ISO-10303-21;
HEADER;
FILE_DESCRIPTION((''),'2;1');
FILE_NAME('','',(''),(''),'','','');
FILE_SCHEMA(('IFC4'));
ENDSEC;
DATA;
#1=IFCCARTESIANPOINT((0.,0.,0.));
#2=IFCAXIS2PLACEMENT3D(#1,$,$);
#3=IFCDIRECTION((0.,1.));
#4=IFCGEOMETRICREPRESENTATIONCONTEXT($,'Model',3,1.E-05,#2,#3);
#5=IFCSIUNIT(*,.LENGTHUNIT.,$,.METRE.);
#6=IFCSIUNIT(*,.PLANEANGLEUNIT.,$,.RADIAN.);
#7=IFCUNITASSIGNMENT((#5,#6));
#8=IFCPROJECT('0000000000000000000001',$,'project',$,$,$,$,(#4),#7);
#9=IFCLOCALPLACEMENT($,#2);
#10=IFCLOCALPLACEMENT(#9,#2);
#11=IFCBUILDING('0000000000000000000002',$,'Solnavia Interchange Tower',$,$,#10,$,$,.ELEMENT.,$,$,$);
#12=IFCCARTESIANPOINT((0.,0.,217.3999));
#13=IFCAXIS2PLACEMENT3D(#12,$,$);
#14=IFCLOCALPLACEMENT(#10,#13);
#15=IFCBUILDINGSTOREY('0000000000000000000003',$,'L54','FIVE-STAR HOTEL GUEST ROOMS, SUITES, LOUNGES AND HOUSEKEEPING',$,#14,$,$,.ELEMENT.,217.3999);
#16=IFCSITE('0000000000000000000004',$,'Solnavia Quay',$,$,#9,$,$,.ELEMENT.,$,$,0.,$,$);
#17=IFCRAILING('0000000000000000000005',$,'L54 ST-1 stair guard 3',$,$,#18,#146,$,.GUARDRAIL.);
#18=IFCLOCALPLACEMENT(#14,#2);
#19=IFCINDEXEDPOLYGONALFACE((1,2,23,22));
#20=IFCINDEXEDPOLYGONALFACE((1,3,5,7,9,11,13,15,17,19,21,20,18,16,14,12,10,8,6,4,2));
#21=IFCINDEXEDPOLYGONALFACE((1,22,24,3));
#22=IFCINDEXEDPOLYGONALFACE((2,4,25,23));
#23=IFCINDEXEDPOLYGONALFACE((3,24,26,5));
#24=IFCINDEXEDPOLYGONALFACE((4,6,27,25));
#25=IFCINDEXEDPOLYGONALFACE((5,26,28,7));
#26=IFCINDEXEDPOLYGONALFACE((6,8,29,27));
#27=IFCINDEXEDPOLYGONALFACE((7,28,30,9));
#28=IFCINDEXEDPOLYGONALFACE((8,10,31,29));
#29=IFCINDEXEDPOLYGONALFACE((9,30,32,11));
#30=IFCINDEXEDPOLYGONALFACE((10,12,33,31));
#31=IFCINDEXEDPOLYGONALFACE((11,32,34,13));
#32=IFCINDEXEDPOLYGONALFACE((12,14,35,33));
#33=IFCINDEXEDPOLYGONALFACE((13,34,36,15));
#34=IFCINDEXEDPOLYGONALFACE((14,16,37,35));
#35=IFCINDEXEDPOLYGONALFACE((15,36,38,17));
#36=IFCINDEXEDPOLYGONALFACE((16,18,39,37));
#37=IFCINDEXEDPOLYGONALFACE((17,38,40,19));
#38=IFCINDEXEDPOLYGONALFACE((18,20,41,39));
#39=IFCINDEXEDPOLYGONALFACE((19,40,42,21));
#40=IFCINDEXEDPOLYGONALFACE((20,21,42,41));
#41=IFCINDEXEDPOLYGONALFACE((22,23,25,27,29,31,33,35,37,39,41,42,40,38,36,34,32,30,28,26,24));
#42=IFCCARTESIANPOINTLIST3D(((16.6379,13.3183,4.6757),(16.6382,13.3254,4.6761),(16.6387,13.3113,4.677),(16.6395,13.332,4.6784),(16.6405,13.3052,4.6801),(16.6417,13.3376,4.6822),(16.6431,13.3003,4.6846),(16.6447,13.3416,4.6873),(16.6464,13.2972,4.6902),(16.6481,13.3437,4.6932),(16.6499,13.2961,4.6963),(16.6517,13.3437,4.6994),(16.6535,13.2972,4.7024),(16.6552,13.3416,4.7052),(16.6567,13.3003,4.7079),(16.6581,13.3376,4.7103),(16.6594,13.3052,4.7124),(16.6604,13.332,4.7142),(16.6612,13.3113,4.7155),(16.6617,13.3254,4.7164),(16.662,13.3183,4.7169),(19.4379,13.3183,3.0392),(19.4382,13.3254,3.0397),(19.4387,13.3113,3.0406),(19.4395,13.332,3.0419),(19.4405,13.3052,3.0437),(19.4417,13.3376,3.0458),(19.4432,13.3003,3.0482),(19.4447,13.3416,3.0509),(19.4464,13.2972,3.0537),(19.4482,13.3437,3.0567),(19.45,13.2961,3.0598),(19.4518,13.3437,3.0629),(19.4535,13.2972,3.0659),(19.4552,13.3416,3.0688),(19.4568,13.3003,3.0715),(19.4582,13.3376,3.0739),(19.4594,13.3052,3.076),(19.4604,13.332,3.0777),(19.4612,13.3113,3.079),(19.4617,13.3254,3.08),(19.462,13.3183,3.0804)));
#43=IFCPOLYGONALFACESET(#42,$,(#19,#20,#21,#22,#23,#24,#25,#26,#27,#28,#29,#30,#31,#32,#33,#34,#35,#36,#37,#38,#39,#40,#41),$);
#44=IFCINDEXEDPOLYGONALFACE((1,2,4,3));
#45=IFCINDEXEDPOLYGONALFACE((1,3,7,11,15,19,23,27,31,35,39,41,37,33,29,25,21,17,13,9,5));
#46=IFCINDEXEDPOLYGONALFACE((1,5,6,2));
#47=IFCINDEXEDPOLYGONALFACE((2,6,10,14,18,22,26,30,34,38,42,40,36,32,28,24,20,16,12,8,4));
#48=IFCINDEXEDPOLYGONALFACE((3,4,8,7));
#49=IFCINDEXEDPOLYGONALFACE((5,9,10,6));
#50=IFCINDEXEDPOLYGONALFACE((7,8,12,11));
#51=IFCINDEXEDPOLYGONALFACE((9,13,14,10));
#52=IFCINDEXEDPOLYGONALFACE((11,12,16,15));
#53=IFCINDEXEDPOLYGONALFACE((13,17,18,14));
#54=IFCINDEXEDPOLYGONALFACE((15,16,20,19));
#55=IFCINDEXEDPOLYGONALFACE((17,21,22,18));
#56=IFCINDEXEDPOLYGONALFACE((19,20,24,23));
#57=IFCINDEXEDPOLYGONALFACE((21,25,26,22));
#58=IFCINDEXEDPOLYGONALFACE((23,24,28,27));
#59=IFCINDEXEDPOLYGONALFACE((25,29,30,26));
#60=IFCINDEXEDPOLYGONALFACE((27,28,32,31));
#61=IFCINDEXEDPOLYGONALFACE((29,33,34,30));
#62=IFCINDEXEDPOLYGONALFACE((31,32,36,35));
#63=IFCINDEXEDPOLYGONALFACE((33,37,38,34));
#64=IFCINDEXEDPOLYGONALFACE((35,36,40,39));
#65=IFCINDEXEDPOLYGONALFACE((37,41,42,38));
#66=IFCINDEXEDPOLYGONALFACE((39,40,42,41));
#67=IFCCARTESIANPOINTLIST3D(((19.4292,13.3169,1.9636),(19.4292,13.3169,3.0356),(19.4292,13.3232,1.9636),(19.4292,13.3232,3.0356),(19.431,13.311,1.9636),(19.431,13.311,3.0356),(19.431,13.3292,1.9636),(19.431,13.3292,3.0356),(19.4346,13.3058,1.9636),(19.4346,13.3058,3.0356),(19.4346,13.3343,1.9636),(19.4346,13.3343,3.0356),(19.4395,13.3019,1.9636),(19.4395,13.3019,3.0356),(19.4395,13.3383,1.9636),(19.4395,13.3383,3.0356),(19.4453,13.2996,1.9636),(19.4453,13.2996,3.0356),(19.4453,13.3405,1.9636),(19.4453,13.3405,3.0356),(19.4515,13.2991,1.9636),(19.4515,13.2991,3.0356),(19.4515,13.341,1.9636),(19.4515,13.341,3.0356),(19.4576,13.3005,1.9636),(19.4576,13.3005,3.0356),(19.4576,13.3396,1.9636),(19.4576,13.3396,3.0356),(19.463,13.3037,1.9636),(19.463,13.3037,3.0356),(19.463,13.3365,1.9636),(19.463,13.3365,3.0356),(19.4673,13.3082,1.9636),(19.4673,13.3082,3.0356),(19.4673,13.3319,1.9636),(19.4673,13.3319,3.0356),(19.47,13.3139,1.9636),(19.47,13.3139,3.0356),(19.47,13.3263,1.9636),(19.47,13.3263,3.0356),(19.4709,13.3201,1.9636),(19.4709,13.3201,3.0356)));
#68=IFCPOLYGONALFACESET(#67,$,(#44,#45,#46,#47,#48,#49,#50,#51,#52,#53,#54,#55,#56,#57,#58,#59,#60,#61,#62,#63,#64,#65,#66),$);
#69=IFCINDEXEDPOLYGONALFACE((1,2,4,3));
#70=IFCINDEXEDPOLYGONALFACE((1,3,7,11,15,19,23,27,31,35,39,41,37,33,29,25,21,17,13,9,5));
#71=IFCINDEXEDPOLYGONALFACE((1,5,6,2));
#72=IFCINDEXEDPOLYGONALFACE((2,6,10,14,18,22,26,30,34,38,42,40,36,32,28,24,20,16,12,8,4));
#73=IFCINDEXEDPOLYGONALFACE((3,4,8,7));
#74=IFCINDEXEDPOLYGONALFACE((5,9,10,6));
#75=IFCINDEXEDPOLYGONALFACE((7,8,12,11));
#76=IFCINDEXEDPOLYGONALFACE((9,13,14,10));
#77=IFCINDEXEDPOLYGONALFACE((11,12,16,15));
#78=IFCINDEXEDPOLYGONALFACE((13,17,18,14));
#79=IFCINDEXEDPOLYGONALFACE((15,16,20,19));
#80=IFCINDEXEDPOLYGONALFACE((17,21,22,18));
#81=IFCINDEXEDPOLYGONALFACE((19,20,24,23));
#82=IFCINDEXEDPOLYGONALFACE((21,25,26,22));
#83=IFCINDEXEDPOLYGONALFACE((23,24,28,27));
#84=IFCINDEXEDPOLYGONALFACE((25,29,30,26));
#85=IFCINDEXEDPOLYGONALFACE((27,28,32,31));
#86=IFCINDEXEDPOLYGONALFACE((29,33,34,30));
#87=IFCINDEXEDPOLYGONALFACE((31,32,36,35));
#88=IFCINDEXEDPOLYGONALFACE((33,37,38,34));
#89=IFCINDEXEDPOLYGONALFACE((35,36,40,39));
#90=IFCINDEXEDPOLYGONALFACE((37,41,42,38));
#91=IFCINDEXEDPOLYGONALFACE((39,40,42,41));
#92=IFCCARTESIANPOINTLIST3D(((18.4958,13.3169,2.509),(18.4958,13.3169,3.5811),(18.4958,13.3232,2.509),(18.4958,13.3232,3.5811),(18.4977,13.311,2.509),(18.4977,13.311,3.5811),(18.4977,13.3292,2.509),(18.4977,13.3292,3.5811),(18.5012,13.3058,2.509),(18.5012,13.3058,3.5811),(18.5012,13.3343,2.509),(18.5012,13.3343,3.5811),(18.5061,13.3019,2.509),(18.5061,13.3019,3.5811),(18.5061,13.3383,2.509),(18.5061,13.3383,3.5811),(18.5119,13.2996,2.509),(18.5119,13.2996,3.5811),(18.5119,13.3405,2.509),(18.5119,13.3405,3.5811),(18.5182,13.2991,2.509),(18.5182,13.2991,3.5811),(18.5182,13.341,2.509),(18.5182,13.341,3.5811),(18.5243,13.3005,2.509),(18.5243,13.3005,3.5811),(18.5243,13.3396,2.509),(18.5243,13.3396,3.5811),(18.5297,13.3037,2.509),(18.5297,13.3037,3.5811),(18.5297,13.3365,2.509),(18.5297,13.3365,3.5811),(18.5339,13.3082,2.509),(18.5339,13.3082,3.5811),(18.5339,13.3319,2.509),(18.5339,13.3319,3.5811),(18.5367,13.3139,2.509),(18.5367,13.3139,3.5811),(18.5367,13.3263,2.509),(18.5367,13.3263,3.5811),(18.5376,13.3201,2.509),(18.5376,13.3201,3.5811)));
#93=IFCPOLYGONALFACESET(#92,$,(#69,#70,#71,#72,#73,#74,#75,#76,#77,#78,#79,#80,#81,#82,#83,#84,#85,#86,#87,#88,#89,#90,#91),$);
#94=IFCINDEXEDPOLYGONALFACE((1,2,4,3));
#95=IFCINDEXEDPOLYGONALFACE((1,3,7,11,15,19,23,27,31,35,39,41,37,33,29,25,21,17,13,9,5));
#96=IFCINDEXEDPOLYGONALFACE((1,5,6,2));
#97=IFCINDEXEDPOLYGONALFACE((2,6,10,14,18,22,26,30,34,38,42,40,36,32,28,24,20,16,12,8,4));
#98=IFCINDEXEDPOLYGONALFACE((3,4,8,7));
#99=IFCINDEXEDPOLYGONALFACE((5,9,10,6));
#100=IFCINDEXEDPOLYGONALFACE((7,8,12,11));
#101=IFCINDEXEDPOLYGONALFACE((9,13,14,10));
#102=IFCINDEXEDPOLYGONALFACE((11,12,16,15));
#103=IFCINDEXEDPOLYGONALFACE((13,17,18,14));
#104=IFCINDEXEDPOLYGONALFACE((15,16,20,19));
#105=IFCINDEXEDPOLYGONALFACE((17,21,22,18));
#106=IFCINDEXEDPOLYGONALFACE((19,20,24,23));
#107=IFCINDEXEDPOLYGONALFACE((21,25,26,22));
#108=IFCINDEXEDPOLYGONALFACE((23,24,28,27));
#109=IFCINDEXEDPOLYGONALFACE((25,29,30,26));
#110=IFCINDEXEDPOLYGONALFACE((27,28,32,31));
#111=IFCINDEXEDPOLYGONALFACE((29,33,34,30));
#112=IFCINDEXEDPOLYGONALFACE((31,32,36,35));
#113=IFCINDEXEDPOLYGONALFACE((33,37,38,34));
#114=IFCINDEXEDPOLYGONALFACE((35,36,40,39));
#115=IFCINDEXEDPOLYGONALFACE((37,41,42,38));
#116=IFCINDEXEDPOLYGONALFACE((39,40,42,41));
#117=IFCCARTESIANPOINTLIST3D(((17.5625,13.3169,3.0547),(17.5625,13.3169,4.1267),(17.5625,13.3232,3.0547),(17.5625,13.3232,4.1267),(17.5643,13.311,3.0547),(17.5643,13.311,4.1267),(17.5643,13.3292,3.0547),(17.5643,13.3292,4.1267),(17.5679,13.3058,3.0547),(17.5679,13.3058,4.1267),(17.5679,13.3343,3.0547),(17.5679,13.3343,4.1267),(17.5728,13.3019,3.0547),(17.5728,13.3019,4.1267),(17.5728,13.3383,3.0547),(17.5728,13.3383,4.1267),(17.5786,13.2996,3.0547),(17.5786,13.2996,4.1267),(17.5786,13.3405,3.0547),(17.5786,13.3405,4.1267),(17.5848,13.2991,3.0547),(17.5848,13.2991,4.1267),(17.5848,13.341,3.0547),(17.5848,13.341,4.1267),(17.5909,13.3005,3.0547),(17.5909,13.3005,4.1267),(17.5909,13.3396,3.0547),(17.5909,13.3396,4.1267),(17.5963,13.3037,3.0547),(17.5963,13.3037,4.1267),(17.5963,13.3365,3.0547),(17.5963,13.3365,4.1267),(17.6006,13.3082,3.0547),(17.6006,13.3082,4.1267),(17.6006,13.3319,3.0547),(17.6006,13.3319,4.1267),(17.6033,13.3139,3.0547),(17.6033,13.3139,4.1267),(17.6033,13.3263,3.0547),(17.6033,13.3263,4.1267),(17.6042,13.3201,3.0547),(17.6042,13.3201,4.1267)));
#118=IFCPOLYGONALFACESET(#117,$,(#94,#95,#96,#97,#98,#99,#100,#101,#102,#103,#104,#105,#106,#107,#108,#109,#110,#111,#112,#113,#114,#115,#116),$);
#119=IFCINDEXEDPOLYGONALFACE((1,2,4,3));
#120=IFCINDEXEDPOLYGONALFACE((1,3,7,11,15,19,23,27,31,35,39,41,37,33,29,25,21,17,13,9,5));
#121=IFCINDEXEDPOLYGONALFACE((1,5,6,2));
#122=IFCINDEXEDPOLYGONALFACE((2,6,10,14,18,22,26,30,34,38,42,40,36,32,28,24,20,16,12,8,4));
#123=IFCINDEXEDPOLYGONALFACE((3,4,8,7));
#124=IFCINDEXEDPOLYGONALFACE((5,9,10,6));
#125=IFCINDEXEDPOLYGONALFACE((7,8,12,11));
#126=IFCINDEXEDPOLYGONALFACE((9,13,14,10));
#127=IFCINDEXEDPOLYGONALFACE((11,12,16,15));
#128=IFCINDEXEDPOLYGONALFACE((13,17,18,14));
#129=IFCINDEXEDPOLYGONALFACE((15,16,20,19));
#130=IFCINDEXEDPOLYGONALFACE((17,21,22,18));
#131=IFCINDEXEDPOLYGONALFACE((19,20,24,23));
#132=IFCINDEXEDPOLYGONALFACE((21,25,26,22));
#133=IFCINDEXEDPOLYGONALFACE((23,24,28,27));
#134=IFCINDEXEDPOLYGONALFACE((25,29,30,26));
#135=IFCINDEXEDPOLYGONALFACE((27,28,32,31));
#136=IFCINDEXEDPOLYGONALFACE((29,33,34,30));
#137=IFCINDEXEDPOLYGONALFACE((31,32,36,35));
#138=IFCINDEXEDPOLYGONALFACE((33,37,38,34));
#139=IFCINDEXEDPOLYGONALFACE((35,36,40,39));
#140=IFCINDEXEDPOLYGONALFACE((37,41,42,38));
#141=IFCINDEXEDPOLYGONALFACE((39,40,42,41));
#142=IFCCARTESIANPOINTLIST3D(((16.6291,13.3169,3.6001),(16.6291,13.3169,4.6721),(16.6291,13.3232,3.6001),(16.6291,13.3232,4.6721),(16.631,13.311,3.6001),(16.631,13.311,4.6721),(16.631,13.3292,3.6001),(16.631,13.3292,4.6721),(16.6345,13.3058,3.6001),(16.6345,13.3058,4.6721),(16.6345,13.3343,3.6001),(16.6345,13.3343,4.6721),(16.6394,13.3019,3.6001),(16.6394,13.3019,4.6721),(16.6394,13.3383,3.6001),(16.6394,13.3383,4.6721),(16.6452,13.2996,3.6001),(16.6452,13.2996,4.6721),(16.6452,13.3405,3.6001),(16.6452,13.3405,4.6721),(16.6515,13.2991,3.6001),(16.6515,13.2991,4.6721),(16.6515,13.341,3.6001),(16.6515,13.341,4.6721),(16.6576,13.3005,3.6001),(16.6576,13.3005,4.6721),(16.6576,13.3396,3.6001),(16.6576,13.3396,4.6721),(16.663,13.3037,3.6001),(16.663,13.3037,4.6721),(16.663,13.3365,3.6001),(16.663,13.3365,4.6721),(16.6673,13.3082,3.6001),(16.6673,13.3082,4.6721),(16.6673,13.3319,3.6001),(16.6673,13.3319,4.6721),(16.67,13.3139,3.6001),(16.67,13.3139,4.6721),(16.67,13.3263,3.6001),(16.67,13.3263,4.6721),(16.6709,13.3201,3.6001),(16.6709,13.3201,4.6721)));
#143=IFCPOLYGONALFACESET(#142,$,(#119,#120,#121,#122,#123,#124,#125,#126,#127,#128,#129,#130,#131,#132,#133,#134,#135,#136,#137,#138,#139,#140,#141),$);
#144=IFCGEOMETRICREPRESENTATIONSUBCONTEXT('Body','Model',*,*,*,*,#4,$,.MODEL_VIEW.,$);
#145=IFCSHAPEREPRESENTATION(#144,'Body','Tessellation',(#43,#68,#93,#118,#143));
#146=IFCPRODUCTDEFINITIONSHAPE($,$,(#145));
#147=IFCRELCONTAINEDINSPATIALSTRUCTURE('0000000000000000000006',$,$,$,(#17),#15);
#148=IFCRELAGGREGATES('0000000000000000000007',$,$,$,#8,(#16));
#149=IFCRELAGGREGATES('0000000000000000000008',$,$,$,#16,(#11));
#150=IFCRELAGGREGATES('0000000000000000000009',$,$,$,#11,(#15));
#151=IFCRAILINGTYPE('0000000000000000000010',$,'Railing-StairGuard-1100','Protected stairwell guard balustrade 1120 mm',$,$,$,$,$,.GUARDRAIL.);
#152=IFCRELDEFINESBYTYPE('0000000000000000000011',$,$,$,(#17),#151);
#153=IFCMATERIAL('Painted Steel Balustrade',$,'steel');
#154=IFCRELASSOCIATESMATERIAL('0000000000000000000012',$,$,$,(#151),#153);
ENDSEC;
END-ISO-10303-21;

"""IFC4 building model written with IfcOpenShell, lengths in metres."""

from ifc_helpers import new_model, si_unit, direction, frame, origin, origin_2d, place, context, subcontext, project, spatial, circle, extrude, material, type_object, element, save


model = new_model("IFC4")

# Units and contexts
model_context = context("Model", 3, precision=1e-05, world=origin(), true_north=direction((0.0, 1.0)))
body_context = subcontext(model_context, "Body", "Model", "MODEL_VIEW")
ifc_project = project(units=[si_unit("LENGTHUNIT", "METRE"), si_unit("PLANEANGLEUNIT", "RADIAN")], contexts=[model_context])

# Site, building, storey
site_placement = place(None, origin())
site = spatial("IfcSite", under=ifc_project, at=site_placement, Name="Solnavia Quay", CompositionType="ELEMENT", RefElevation=0.0)
building_placement = place(site_placement, origin())
building = spatial("IfcBuilding", under=site, at=building_placement, Name="Solnavia Interchange Tower", CompositionType="ELEMENT")
storey_placement = place(building_placement, frame((0.0, 0.0, 217.3999)))
storey = spatial("IfcBuildingStorey", under=building, at=storey_placement, Name="L54", Description="FIVE-STAR HOTEL GUEST ROOMS, SUITES, LOUNGES AND HOUSEKEEPING", CompositionType="ELEMENT", Elevation=217.3999)

# Railing
ifc_material_1 = material(Name="Painted Steel Balustrade", Category="steel")
railing_type_1 = type_object("IfcRailingType", Name="Railing-StairGuard-1100", Description="Protected stairwell guard balustrade 1120 mm", PredefinedType="GUARDRAIL", material=ifc_material_1)
railing_1_placement = place(storey_placement, frame((19.45, 13.3201, 1.9636)))
element("IfcRailing", 1, at=railing_1_placement, inside=storey, type_object=railing_type_1, Name="L54 ST-1 stair guard 3", PredefinedType="GUARDRAIL", context=body_context, shape_type="SweptSolid", body=[
    extrude(circle(Radius=0.0239, at=origin_2d()), frame((0.0, 0.0, 1.0962), z_axis=(-0.863361, 0.0, 0.504587), x_axis=(0.0, -1.0, 0.0)), (0.0, 0.0, 1.0), 3.2432),
    extrude(circle(Radius=0.021, at=origin_2d()), origin(), (0.0, 0.0, 1.0), 1.072),
    extrude(circle(Radius=0.021, at=origin_2d()), frame((-0.9333, 0.0, 0.5454)), (0.0, 0.0, 1.0), 1.072),
    extrude(circle(Radius=0.021, at=origin_2d()), frame((-1.8667, 0.0, 1.0911)), (0.0, 0.0, 1.0), 1.072),
    extrude(circle(Radius=0.021, at=origin_2d()), frame((-2.8, 0.0, 1.6365)), (0.0, 0.0, 1.0), 1.072),
])

save(model, "model.ifc")
